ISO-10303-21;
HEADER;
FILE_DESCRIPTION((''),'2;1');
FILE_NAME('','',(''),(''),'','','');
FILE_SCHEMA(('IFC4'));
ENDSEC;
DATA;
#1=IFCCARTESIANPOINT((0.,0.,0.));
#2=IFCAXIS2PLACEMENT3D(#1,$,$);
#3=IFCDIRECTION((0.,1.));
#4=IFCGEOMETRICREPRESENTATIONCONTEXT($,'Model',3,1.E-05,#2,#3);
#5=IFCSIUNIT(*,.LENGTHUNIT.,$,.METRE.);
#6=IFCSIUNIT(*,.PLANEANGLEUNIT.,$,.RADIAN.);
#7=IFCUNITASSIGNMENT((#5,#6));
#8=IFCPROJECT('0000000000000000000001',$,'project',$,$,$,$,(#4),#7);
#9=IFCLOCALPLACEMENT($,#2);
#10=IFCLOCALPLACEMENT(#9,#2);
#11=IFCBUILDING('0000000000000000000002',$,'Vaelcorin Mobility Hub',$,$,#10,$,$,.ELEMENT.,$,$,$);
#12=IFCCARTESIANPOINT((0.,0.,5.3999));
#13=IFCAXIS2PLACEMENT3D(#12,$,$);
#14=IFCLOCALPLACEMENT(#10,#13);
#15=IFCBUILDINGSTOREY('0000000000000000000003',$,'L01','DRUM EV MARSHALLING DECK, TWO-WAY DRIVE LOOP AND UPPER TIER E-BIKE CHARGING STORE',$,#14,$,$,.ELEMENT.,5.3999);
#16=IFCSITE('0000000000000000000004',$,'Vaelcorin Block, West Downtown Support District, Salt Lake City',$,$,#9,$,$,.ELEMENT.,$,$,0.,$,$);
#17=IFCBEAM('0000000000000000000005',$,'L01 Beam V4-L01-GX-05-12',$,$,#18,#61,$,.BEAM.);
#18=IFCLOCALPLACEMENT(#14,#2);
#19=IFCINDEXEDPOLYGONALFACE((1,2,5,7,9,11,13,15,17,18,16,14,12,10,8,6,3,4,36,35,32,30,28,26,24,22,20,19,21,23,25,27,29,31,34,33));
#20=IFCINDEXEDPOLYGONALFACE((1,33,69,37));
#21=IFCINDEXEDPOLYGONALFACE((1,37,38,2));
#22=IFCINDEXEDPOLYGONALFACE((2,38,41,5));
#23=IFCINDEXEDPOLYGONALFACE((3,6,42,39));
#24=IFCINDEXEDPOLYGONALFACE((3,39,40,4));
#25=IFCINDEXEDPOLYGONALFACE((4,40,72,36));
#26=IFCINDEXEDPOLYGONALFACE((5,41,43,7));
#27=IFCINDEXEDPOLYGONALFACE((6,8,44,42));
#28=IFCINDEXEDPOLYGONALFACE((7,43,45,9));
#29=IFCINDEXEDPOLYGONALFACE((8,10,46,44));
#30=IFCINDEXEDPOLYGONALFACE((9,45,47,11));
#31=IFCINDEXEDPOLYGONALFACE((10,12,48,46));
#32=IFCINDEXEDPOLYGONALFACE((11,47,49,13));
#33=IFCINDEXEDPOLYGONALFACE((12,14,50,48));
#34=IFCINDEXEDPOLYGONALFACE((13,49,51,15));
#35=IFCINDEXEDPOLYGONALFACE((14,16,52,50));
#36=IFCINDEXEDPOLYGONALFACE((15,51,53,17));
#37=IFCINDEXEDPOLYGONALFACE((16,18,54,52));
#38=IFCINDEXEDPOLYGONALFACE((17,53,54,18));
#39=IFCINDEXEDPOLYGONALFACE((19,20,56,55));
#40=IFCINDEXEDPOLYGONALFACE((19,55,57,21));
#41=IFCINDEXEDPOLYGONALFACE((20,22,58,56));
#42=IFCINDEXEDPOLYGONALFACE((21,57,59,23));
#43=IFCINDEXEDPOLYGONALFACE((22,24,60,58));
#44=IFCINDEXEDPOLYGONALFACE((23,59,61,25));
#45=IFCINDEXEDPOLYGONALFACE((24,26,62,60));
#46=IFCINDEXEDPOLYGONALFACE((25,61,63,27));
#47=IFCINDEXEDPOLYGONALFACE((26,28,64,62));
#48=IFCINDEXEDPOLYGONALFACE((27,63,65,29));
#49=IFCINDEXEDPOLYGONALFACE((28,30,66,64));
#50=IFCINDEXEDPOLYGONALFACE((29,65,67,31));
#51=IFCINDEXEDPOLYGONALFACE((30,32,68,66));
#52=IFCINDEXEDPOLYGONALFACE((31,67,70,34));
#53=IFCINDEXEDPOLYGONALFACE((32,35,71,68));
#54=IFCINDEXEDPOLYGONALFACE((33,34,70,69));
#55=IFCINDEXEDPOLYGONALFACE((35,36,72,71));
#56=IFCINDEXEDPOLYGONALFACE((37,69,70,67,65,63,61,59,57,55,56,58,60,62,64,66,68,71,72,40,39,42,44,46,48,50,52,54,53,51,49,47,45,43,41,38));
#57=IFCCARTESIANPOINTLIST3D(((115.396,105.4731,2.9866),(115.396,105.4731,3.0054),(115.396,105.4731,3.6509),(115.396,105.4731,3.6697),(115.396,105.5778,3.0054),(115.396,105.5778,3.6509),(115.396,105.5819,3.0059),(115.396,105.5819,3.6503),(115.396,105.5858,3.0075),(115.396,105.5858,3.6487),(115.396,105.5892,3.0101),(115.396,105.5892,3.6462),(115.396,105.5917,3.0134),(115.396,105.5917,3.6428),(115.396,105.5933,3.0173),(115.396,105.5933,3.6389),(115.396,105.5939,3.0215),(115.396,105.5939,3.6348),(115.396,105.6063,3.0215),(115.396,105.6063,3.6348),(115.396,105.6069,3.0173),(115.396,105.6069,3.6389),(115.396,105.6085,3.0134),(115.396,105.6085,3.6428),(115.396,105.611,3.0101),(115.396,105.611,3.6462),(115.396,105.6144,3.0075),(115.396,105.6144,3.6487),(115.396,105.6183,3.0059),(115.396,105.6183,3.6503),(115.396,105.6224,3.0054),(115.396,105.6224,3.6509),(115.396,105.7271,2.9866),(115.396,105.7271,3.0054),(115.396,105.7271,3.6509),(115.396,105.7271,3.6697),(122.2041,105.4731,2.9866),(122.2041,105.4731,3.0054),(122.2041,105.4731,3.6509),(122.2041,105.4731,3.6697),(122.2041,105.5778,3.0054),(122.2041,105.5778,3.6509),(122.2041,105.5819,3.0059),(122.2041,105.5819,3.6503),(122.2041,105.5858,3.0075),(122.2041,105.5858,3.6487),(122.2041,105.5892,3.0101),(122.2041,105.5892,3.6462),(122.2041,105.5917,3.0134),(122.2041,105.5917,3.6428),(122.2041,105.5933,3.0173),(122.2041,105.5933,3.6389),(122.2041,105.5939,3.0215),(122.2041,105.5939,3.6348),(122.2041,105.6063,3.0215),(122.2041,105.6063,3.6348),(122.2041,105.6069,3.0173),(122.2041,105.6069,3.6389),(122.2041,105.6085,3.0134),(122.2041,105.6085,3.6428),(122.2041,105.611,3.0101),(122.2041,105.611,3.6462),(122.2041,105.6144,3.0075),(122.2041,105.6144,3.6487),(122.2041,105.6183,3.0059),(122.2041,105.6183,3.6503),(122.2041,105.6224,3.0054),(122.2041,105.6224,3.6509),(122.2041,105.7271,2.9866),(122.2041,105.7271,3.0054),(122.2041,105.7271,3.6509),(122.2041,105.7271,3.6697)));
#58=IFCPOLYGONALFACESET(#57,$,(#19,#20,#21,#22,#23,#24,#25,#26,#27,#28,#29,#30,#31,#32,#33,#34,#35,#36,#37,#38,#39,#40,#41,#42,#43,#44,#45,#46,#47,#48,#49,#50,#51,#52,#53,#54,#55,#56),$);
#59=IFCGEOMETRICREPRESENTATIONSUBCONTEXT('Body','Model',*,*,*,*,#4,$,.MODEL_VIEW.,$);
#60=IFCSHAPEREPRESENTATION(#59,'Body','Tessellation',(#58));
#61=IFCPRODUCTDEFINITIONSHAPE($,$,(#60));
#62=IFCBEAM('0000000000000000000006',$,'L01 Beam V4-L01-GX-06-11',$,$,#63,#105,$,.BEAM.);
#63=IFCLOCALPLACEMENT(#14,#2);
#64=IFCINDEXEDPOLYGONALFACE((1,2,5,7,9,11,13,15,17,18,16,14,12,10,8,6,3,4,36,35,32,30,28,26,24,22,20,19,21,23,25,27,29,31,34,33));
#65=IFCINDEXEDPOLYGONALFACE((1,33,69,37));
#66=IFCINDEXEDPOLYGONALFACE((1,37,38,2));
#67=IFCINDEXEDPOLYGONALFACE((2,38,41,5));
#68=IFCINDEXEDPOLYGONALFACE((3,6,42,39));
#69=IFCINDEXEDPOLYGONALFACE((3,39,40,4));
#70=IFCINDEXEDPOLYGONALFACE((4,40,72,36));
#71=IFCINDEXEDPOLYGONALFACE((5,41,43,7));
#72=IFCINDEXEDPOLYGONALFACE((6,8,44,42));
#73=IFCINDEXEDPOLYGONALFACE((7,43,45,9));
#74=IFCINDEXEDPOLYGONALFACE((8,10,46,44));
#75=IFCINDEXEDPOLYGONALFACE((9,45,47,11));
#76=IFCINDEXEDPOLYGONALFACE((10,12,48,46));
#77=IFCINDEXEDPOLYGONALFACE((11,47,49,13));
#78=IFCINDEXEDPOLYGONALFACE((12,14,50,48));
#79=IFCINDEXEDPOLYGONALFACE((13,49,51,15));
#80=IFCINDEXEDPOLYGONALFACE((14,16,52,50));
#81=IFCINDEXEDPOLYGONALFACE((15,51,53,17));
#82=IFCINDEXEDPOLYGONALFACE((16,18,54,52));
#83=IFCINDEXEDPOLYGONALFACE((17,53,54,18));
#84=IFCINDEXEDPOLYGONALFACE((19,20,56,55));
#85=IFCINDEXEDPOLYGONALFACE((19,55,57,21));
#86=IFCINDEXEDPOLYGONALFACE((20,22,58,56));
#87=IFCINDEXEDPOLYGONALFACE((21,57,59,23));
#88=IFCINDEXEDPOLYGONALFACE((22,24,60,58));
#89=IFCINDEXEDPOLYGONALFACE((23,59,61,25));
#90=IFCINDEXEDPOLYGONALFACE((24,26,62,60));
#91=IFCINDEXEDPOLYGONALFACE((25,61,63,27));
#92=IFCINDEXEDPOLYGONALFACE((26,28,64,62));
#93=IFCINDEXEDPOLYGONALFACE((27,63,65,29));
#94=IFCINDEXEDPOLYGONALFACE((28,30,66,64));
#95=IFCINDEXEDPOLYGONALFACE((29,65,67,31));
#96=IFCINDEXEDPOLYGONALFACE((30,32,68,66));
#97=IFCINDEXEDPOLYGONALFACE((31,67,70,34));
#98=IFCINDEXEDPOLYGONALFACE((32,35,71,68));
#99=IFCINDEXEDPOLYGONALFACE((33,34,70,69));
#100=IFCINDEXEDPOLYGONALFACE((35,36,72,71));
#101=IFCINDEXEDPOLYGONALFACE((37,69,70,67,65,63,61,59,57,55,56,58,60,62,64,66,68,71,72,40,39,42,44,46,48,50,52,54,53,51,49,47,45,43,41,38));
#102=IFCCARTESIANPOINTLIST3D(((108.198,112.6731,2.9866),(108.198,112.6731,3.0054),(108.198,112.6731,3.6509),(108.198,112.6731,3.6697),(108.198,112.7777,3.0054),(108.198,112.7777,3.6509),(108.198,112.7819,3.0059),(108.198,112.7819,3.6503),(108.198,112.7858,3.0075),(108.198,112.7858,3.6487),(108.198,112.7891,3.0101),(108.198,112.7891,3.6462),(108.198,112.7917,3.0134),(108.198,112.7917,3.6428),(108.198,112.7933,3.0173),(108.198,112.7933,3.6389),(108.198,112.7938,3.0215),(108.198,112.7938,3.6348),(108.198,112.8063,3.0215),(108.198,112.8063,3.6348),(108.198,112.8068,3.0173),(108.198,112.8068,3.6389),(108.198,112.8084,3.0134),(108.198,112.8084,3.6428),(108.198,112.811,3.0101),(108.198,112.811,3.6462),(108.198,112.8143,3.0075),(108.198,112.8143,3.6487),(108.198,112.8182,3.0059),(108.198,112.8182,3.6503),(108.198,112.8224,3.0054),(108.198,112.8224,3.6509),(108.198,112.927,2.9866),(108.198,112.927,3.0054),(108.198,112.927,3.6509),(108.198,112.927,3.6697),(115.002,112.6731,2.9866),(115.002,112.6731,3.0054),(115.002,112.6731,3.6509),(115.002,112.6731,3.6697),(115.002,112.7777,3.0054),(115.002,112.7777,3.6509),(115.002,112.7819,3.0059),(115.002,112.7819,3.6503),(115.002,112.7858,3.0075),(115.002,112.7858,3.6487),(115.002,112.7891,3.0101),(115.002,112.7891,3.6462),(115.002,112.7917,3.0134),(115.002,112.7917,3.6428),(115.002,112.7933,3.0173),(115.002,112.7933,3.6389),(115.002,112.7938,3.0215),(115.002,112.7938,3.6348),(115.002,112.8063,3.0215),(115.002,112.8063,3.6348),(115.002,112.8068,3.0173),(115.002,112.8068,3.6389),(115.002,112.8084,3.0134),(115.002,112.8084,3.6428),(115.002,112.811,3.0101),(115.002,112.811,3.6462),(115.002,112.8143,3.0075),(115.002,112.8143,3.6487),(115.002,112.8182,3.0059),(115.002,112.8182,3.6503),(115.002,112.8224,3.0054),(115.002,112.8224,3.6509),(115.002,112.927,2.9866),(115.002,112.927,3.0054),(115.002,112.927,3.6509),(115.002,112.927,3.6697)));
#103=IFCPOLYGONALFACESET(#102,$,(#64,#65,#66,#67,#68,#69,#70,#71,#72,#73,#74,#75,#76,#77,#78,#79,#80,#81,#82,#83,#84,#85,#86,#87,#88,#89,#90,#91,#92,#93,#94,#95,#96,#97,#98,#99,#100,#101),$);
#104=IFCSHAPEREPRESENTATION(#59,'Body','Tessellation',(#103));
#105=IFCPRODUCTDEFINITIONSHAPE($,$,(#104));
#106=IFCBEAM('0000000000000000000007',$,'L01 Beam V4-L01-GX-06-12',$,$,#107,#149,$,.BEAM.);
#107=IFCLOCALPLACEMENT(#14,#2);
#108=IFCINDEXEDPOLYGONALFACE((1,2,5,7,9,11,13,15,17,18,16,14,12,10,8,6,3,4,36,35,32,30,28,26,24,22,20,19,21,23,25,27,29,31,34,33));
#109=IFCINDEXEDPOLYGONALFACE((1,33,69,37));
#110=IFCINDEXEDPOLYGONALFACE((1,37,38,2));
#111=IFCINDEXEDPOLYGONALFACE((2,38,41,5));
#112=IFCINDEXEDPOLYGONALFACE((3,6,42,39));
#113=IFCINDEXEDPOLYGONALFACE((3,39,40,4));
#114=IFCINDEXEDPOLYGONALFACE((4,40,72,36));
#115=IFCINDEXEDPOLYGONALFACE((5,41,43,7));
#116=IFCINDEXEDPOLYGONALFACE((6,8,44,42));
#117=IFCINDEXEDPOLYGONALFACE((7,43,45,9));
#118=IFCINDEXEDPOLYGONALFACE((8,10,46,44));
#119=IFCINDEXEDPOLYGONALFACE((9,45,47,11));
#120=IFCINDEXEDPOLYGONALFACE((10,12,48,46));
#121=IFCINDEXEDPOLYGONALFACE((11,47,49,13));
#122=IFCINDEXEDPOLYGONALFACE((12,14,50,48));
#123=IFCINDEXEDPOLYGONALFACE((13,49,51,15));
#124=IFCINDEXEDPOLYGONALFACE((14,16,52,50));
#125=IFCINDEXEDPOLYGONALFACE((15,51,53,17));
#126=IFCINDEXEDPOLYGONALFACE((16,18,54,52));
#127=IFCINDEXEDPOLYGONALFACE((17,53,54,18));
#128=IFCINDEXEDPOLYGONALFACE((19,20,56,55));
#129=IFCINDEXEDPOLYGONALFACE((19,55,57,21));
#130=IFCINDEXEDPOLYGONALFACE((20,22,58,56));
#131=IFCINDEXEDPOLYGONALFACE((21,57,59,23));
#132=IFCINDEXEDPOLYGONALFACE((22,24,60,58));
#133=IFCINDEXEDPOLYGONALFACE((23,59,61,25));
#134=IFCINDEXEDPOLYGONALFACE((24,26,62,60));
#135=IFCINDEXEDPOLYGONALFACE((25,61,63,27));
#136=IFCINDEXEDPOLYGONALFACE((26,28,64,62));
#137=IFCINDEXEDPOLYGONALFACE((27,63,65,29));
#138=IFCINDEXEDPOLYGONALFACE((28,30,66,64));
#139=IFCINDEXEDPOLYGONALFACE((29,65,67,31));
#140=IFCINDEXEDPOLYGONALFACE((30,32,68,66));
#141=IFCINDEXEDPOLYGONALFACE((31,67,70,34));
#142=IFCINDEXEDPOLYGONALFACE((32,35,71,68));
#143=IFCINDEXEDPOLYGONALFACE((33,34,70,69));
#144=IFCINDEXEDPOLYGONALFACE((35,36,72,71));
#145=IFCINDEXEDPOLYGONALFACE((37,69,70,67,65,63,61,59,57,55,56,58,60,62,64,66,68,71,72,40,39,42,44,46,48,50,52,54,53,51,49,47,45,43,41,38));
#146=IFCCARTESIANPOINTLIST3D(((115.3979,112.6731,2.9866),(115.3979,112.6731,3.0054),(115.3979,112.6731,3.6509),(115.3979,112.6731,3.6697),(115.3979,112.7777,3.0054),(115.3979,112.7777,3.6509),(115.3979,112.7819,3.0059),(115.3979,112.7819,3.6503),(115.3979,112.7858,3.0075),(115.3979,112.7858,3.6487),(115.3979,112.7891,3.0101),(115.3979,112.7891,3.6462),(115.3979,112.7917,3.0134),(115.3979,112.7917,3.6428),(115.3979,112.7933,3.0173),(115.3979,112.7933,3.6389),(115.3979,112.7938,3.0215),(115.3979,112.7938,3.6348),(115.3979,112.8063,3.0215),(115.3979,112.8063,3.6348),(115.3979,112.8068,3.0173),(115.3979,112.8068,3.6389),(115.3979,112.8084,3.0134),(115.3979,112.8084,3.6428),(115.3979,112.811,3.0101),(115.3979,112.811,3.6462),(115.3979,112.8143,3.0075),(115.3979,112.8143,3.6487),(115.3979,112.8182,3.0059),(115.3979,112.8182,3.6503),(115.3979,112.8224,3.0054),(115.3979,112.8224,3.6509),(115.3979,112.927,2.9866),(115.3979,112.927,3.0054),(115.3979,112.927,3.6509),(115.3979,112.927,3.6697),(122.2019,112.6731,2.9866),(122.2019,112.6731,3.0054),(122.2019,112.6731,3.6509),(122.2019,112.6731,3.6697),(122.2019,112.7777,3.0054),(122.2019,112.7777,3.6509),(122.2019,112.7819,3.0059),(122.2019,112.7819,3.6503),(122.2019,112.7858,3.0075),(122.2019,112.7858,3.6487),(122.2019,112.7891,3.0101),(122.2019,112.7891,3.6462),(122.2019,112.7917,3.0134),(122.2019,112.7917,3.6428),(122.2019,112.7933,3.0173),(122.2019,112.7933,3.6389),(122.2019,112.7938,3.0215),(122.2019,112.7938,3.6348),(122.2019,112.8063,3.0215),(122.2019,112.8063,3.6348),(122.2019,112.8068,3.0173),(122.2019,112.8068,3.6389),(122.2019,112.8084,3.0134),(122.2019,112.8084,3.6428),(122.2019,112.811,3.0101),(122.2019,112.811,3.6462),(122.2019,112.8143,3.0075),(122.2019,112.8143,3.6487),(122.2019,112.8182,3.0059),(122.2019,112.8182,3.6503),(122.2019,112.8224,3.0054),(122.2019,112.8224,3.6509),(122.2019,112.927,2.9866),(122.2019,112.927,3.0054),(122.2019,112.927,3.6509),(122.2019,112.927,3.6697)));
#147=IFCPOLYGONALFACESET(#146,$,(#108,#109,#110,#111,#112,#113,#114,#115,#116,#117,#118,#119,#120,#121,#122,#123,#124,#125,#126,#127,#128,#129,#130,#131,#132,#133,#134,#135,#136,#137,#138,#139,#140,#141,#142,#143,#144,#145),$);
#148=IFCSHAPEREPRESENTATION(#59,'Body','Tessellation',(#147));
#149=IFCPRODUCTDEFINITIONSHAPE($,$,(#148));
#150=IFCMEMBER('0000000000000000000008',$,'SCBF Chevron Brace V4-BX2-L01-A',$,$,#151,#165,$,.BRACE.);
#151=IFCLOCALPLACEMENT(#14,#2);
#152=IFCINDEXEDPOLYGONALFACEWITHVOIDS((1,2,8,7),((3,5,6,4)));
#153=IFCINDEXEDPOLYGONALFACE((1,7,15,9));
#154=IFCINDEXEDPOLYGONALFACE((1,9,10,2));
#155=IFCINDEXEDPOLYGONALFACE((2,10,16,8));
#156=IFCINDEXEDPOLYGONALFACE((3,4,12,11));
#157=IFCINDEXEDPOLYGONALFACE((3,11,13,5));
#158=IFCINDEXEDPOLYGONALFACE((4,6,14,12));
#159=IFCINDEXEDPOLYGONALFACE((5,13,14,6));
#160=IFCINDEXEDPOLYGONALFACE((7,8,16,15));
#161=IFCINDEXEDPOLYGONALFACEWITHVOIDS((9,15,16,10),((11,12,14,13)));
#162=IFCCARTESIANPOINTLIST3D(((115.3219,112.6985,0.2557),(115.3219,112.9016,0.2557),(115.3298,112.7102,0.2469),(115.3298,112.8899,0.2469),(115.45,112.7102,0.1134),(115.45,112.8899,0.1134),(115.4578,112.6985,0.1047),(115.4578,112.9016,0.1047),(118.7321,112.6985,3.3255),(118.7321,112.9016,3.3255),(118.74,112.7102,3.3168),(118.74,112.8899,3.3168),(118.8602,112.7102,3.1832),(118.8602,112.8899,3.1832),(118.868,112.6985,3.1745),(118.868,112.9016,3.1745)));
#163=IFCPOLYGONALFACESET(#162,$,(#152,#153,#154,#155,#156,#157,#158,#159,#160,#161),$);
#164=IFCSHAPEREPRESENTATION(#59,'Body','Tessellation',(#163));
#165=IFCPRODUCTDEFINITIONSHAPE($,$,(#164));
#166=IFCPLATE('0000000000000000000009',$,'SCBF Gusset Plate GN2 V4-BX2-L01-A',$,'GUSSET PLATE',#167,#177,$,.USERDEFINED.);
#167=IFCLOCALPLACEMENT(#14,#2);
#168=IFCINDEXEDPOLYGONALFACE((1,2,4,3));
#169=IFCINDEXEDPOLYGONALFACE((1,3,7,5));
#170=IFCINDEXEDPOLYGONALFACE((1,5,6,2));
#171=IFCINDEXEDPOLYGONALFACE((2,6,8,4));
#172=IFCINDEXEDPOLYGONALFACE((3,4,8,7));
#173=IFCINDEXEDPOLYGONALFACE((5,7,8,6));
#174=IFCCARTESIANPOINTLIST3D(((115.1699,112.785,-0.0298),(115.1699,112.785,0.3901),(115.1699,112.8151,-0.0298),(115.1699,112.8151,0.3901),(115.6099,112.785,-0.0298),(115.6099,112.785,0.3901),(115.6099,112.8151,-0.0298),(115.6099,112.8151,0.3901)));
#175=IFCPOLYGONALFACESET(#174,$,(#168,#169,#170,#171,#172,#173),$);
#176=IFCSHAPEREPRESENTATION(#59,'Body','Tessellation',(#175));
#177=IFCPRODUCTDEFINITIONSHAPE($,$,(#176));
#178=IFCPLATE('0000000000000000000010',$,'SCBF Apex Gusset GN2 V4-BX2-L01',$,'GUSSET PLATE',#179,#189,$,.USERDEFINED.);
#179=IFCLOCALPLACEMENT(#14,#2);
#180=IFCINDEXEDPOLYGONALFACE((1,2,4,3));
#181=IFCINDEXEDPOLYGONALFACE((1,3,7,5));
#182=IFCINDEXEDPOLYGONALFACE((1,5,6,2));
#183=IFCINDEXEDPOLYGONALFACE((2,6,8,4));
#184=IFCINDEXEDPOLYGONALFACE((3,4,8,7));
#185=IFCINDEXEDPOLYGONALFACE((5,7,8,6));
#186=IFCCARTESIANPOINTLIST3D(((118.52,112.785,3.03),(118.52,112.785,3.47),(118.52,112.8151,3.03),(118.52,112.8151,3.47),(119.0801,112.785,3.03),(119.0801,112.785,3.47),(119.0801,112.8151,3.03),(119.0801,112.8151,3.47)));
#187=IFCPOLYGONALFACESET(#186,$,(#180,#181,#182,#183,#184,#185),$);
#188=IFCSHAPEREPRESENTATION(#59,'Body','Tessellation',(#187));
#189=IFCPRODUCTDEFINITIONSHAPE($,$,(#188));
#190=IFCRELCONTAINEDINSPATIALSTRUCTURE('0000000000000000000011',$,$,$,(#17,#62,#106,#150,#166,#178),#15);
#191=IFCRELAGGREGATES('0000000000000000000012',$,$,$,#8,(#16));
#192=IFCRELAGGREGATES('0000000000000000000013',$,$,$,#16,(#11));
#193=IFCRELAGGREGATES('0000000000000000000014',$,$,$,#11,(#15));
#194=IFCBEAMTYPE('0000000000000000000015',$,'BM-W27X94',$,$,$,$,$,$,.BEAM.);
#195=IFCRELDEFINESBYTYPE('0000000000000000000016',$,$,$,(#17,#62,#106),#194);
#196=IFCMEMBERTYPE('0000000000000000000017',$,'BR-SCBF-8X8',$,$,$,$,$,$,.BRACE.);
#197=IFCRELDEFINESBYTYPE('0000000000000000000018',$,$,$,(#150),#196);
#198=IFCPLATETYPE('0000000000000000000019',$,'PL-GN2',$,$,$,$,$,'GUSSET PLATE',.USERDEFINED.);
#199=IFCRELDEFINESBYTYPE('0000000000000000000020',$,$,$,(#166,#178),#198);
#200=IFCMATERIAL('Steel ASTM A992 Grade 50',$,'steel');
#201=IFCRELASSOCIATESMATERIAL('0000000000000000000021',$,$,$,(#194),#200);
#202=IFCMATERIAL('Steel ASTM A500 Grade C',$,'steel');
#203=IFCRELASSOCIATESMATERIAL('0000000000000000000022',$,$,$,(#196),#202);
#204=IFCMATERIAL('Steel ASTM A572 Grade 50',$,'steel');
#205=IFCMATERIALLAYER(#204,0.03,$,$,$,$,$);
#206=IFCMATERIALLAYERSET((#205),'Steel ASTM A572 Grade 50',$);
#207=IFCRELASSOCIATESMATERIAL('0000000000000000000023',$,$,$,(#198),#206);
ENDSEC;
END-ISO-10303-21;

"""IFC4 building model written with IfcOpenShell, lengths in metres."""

from ifc_helpers import new_model, si_unit, direction, frame, origin, origin_2d, place, context, subcontext, project, spatial, rectangle, hollow_rectangle, i_section, extrude, material, layer, layer_set, material_profile, profile_set, type_object, element, save


model = new_model("IFC4")

# Units and contexts
model_context = context("Model", 3, precision=1e-05, world=origin(), true_north=direction((0.0, 1.0)))
body_context = subcontext(model_context, "Body", "Model", "MODEL_VIEW")
ifc_project = project(units=[si_unit("LENGTHUNIT", "METRE"), si_unit("PLANEANGLEUNIT", "RADIAN")], contexts=[model_context])

# Site, building, storey
site_placement = place(None, origin())
site = spatial("IfcSite", under=ifc_project, at=site_placement, Name="Vaelcorin Block, West Downtown Support District, Salt Lake City", CompositionType="ELEMENT", RefElevation=0.0)
building_placement = place(site_placement, origin())
building = spatial("IfcBuilding", under=site, at=building_placement, Name="Vaelcorin Mobility Hub", CompositionType="ELEMENT")
storey_placement = place(building_placement, frame((0.0, 0.0, 5.3999)))
storey = spatial("IfcBuildingStorey", under=building, at=storey_placement, Name="L01", Description="DRUM EV MARSHALLING DECK, TWO-WAY DRIVE LOOP AND UPPER TIER E-BIKE CHARGING STORE", CompositionType="ELEMENT", Elevation=5.3999)

# Shared definitions
ifc_material_1 = material(Name="Steel ASTM A992 Grade 50", Category="steel")

# Beams
ifc_material_profile_1 = material_profile(ifc_material_1, i_section(OverallWidth=0.2539, OverallDepth=0.6831, WebThickness=0.0125, FlangeThickness=0.0188, FilletRadius=0.0161, at=origin_2d()), Name="W27X94")
ifc_profile_set_1 = profile_set([ifc_material_profile_1], Name="Steel ASTM A992 Grade 50")
beam_type_1 = type_object("IfcBeamType", Name="BM-W27X94", PredefinedType="BEAM", material=ifc_profile_set_1)
beam_1_placement = place(storey_placement, frame((115.396, 105.6001, 3.3281), z_axis=(1.0, 0.0, 0.0), x_axis=(0.0, 1.0, 0.0)))
element("IfcBeam", 1, at=beam_1_placement, inside=storey, type_object=beam_type_1, Name="L01 Beam V4-L01-GX-05-12", PredefinedType="BEAM", context=body_context, shape_type="SweptSolid", body=[
    extrude(i_section(OverallWidth=0.2539, OverallDepth=0.6831, WebThickness=0.0125, FlangeThickness=0.0188, FilletRadius=0.0161, at=origin_2d()), origin(), (0.0, 0.0, 1.0), 6.8081),
])
for number, where, z_axis, x_axis, name in (
    (2, (108.198, 112.8, 3.3281), (1.0, 0.0, 0.0), (0.0, 1.0, 0.0), "L01 Beam V4-L01-GX-06-11"),
    (3, (115.3979, 112.8, 3.3281), (1.0, 0.0, 0.0), (0.0, 1.0, 0.0), "L01 Beam V4-L01-GX-06-12"),
):
    element("IfcBeam", number, at=place(storey_placement, frame(where, z_axis=z_axis, x_axis=x_axis)), inside=storey, type_object=beam_type_1, Name=name, PredefinedType="BEAM", context=body_context, shape_type="SweptSolid", body=[
        extrude(i_section(OverallWidth=0.2539, OverallDepth=0.6831, WebThickness=0.0125, FlangeThickness=0.0188, FilletRadius=0.0161, at=origin_2d()), origin(), (0.0, 0.0, 1.0), 6.804),
    ])

# Member
ifc_material_2 = material(Name="Steel ASTM A500 Grade C", Category="steel")
ifc_material_profile_2 = material_profile(ifc_material_2, hollow_rectangle(XDim=0.2031, YDim=0.2031, WallThickness=0.0117, at=origin_2d()), Name="HSS8X8X0.500")
ifc_profile_set_2 = profile_set([ifc_material_profile_2], Name="Steel ASTM A500 Grade C")
member_type = type_object("IfcMemberType", Name="BR-SCBF-8X8", PredefinedType="BRACE", material=ifc_profile_set_2)
member_placement = place(storey_placement, frame((115.3899, 112.8, 0.1802), z_axis=(0.74322, 0.0, 0.669047), x_axis=(0.0, 1.0, 0.0)))
element("IfcMember", 4, at=member_placement, inside=storey, type_object=member_type, Name="SCBF Chevron Brace V4-BX2-L01-A", PredefinedType="BRACE", context=body_context, shape_type="SweptSolid", body=[
    extrude(hollow_rectangle(XDim=0.2031, YDim=0.2031, WallThickness=0.0117, at=origin_2d()), origin(), (0.0, 0.0, 1.0), 4.5884),
])

# Plates
ifc_material_3 = material(Name="Steel ASTM A572 Grade 50", Category="steel")
ifc_layer = layer(ifc_material_3, 0.03)
ifc_layer_set = layer_set([ifc_layer], Name="Steel ASTM A572 Grade 50")
plate_type = type_object("IfcPlateType", Name="PL-GN2", ElementType="GUSSET PLATE", PredefinedType="USERDEFINED", material=ifc_layer_set)
plate_1_placement = place(storey_placement, frame((115.3899, 112.8, -0.0298), z_axis=(0.0, 0.0, 1.0), x_axis=(1.0, 0.0, 0.0)))
element("IfcPlate", 5, at=plate_1_placement, inside=storey, type_object=plate_type, Name="SCBF Gusset Plate GN2 V4-BX2-L01-A", ObjectType="GUSSET PLATE", PredefinedType="USERDEFINED", context=body_context, shape_type="SweptSolid", body=[
    extrude(rectangle(XDim=0.4399, YDim=0.03, at=origin_2d()), origin(), (0.0, 0.0, 1.0), 0.4199),
])
plate_2_placement = place(storey_placement, frame((118.8, 112.8, 3.03), z_axis=(0.0, 0.0, 1.0), x_axis=(1.0, 0.0, 0.0)))
element("IfcPlate", 6, at=plate_2_placement, inside=storey, type_object=plate_type, Name="SCBF Apex Gusset GN2 V4-BX2-L01", ObjectType="GUSSET PLATE", PredefinedType="USERDEFINED", context=body_context, shape_type="SweptSolid", body=[
    extrude(rectangle(XDim=0.5601, YDim=0.03, at=origin_2d()), origin(), (0.0, 0.0, 1.0), 0.4399),
])

save(model, "model.ifc")
